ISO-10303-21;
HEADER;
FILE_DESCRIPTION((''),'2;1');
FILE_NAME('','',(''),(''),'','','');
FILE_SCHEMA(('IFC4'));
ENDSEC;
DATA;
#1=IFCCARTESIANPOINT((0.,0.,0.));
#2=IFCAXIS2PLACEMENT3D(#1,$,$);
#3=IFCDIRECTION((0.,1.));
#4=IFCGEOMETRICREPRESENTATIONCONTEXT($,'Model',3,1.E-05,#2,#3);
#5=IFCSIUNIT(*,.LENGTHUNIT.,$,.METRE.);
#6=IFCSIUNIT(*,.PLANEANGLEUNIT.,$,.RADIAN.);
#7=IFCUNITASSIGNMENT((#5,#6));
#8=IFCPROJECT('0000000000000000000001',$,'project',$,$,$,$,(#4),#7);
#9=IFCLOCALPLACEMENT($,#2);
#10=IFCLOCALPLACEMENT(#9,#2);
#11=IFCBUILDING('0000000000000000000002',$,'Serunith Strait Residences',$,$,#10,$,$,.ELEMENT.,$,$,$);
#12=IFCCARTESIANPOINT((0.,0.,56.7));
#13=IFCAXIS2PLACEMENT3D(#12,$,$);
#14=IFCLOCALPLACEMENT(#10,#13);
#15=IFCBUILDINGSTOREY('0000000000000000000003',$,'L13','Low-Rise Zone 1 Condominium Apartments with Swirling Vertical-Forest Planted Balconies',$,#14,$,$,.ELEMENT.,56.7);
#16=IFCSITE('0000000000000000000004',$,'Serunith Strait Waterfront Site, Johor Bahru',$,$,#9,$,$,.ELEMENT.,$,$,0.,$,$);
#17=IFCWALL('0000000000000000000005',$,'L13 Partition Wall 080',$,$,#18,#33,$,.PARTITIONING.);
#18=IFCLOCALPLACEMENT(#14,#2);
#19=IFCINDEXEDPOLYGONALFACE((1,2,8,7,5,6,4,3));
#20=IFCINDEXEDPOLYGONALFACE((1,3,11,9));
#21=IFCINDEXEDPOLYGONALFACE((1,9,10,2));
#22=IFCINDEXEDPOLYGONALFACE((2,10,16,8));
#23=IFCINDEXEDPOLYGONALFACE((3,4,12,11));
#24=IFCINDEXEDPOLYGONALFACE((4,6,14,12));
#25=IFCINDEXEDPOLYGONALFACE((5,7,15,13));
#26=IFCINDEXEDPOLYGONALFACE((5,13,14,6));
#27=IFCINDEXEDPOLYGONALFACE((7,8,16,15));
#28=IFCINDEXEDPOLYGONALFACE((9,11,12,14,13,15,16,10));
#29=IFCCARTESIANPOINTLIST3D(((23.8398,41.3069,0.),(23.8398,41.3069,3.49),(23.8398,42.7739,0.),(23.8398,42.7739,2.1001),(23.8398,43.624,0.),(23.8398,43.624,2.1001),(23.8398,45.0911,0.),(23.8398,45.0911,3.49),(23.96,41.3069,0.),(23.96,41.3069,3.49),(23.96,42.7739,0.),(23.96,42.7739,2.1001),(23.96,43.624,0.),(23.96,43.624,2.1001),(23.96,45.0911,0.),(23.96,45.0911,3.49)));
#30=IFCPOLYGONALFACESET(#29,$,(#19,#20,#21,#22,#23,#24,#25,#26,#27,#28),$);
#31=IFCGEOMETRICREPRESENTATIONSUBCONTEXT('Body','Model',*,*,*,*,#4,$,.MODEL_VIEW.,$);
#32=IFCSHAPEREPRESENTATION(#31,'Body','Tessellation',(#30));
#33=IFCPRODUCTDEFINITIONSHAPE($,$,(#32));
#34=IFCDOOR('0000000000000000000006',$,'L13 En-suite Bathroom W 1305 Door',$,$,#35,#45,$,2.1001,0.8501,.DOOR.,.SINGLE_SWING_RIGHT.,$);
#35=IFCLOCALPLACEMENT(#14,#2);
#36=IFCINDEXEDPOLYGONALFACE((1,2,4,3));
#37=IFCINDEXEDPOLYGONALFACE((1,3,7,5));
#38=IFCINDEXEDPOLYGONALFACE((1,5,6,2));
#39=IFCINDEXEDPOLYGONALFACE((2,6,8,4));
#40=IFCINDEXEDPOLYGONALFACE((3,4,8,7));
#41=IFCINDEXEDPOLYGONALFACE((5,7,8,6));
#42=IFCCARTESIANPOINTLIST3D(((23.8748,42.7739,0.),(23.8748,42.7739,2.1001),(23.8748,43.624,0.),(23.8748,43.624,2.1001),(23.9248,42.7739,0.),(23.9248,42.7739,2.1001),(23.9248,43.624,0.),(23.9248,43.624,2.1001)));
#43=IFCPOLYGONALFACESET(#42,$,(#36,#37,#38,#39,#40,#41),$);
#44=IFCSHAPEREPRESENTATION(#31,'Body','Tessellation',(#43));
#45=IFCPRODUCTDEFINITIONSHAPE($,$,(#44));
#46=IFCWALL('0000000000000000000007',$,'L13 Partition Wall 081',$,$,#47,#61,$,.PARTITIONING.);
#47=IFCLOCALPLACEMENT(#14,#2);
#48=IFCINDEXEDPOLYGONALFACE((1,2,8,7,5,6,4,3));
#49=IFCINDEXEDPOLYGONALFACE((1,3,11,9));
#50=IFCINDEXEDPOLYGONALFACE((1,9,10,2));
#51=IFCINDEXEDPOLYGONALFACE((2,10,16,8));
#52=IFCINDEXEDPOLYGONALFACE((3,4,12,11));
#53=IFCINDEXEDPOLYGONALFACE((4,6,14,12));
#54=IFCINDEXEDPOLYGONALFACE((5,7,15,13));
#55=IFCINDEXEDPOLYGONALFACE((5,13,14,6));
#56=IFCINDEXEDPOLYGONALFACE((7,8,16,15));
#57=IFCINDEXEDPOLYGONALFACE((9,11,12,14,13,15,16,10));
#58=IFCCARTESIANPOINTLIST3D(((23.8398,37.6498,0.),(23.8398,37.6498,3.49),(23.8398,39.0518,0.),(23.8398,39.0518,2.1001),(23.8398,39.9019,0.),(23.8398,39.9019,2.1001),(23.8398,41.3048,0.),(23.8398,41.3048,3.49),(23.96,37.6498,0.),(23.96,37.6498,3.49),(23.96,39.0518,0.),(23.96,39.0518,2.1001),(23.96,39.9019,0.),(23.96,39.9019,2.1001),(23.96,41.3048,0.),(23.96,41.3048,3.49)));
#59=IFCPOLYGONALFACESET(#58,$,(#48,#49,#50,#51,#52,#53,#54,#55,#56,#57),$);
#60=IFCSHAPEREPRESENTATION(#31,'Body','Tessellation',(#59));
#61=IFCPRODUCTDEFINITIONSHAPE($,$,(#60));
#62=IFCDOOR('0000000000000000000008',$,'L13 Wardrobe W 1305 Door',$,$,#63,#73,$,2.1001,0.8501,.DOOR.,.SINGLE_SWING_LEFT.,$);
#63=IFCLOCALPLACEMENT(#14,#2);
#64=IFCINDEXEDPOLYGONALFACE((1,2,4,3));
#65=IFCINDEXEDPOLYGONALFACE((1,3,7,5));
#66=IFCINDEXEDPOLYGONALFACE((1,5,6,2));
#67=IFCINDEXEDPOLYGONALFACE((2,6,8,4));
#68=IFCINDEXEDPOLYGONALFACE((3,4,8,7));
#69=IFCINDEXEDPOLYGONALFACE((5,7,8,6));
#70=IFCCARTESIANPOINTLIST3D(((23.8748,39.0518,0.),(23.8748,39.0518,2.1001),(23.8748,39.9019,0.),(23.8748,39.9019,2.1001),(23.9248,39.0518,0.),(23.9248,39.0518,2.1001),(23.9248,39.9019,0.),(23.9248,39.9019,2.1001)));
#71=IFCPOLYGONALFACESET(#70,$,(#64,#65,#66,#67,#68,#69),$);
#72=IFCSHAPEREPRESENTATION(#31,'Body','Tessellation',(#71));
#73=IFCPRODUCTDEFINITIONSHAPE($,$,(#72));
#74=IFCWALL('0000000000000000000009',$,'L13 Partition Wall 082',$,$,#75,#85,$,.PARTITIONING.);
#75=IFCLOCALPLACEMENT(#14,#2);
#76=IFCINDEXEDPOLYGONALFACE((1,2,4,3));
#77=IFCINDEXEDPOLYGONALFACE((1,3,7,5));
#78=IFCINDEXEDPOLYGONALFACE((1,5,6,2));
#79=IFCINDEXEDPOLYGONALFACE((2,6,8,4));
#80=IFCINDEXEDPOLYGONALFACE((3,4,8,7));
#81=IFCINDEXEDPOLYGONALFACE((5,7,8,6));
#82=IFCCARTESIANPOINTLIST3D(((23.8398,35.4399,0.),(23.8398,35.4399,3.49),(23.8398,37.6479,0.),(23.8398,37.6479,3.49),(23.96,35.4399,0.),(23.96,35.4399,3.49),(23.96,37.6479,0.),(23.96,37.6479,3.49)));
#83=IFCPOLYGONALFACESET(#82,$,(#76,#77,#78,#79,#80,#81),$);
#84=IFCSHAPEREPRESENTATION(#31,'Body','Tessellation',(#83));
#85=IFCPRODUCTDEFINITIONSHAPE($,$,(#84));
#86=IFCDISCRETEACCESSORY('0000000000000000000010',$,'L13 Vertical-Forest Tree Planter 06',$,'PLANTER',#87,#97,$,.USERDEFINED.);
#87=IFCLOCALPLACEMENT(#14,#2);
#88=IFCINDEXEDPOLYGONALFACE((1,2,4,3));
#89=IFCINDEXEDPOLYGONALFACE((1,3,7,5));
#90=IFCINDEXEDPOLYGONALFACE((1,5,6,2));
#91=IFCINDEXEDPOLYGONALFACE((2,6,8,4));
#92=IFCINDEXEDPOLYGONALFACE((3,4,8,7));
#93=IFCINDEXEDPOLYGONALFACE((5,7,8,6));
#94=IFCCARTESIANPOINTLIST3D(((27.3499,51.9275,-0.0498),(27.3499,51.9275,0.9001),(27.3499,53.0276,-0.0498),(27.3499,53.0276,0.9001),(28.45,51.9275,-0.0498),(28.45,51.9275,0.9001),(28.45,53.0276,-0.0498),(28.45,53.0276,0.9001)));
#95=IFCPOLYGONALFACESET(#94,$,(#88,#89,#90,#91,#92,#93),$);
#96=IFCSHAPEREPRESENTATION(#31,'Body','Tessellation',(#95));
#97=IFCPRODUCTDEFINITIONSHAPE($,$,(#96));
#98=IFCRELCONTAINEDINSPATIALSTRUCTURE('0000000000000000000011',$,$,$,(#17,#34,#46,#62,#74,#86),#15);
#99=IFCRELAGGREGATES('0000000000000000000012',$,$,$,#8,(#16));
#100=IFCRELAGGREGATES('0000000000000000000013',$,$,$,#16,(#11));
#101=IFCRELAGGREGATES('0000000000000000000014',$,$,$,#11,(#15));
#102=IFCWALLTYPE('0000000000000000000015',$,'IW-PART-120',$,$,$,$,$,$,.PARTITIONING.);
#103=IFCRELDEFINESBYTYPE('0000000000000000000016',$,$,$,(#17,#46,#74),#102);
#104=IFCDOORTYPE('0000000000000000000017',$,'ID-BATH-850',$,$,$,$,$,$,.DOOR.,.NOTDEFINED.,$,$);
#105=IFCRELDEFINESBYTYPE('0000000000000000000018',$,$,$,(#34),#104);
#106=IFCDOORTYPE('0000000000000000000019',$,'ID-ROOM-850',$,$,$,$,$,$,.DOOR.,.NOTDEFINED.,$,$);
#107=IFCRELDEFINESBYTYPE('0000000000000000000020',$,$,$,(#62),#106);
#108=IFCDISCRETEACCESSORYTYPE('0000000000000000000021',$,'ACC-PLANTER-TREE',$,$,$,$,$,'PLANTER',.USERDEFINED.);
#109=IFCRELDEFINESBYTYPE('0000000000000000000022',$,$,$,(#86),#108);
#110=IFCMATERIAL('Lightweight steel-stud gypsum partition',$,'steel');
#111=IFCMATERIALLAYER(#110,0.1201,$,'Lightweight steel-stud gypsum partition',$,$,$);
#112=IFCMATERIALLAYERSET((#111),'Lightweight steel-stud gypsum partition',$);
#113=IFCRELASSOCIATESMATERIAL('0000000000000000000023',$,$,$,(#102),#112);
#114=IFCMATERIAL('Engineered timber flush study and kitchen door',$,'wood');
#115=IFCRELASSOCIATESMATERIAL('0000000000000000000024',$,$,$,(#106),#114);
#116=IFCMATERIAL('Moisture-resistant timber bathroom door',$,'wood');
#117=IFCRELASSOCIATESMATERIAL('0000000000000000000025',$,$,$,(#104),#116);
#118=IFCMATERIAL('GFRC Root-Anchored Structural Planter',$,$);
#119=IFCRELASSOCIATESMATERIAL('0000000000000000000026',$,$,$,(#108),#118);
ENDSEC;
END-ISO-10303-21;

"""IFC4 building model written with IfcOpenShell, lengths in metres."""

from ifc_helpers import new_model, si_unit, direction, frame, frame_2d, origin, origin_2d, place, context, subcontext, project, spatial, rectangle, extrude, source, transform, mapped, material, layer, layer_set, type_object, element, fill, save


model = new_model("IFC4")

# Units and contexts
model_context = context("Model", 3, precision=1e-05, world=origin(), true_north=direction((0.0, 1.0)))
body_context = subcontext(model_context, "Body", "Model", "MODEL_VIEW")
ifc_project = project(units=[si_unit("LENGTHUNIT", "METRE"), si_unit("PLANEANGLEUNIT", "RADIAN")], contexts=[model_context])

# Site, building, storey
site_placement = place(None, origin())
site = spatial("IfcSite", under=ifc_project, at=site_placement, Name="Serunith Strait Waterfront Site, Johor Bahru", CompositionType="ELEMENT", RefElevation=0.0)
building_placement = place(site_placement, origin())
building = spatial("IfcBuilding", under=site, at=building_placement, Name="Serunith Strait Residences", CompositionType="ELEMENT")
storey_placement = place(building_placement, frame((0.0, 0.0, 56.7)))
storey = spatial("IfcBuildingStorey", under=building, at=storey_placement, Name="L13", Description="Low-Rise Zone 1 Condominium Apartments with Swirling Vertical-Forest Planted Balconies", CompositionType="ELEMENT", Elevation=56.7)

# Shared definitions
ifc_material_1 = material(Name="Lightweight steel-stud gypsum partition", Category="steel")
ifc_layer_1 = layer(ifc_material_1, 0.1201, Name="Lightweight steel-stud gypsum partition")
ifc_layer_set_1 = layer_set([ifc_layer_1], Name="Lightweight steel-stud gypsum partition")
wall_type = type_object("IfcWallType", Name="IW-PART-120", PredefinedType="PARTITIONING", material=ifc_layer_set_1)
ifc_material_2 = material(Name="Engineered timber flush study and kitchen door", Category="wood")
door_type_1 = type_object("IfcDoorType", Name="ID-ROOM-850", OperationType="NOTDEFINED", PredefinedType="DOOR", material=ifc_material_2)
shared_shape_1 = source(origin(), body_context, "Body", "SweptSolid", [
    extrude(rectangle(XDim=0.8501, YDim=2.1001, at=frame_2d((0.425, 1.05))), frame((0.0, 0.0249, 0.0), z_axis=(0.0, -1.0, 0.0), x_axis=(1.0, 0.0, 0.0)), (0.0, 0.0, 1.0), 0.05),
])

# Walls, openings, doors
ifc_material_3 = material(Name="Moisture-resistant timber bathroom door", Category="wood")
door_type_2 = type_object("IfcDoorType", Name="ID-BATH-850", OperationType="NOTDEFINED", PredefinedType="DOOR", material=ifc_material_3)
wall_1_placement = place(storey_placement, frame((23.8999, 45.0911, 0.0), z_axis=(0.0, 0.0, 1.0), x_axis=(0.0, -1.0, 0.0)))
wall_1 = element("IfcWall", 1, at=wall_1_placement, inside=storey, type_object=wall_type, Name="L13 Partition Wall 080", PredefinedType="PARTITIONING", context=body_context, shape_type="SweptSolid", body=[
    extrude(rectangle(XDim=3.7842, YDim=0.1201, at=frame_2d((1.8921, 0.0))), origin(), (0.0, 0.0, 1.0), 3.49),
])
opening_1_placement = place(wall_1_placement, frame((1.467, 0.0, 0.0)))
opening_1 = element("IfcOpeningElement", 2, at=opening_1_placement, cuts=wall_1, PredefinedType="OPENING", context=body_context, shape_type="SweptSolid", body=[
    extrude(rectangle(XDim=0.8501, YDim=2.1001, at=frame_2d((0.425, 1.05))), frame((0.0, 0.0701, 0.0), z_axis=(0.0, -1.0, 0.0), x_axis=(1.0, 0.0, 0.0)), (0.0, 0.0, 1.0), 0.1401),
])
door_1_placement = place(opening_1_placement, origin())
door_1 = element("IfcDoor", 3, at=door_1_placement, inside=storey, type_object=door_type_2, Name="L13 En-suite Bathroom W 1305 Door", OperationType="SINGLE_SWING_RIGHT", OverallHeight=2.1001, OverallWidth=0.8501, PredefinedType="DOOR", context=body_context, shape_type="MappedRepresentation", body=[
    mapped(shared_shape_1, transform((0.0, 0.0, 0.0), scale=1.0)),
])
fill(opening_1, door_1)
wall_2_placement = place(storey_placement, frame((23.8999, 41.3049, 0.0), z_axis=(0.0, 0.0, 1.0), x_axis=(0.0, -1.0, 0.0)))
wall_2 = element("IfcWall", 4, at=wall_2_placement, inside=storey, type_object=wall_type, Name="L13 Partition Wall 081", PredefinedType="PARTITIONING", context=body_context, shape_type="SweptSolid", body=[
    extrude(rectangle(XDim=3.655, YDim=0.1201, at=frame_2d((1.8276, 0.0))), origin(), (0.0, 0.0, 1.0), 3.49),
])
opening_2_placement = place(wall_2_placement, frame((1.4031, 0.0, 0.0)))
opening_2 = element("IfcOpeningElement", 5, at=opening_2_placement, cuts=wall_2, PredefinedType="OPENING", context=body_context, shape_type="SweptSolid", body=[
    extrude(rectangle(XDim=0.8501, YDim=2.1001, at=frame_2d((0.425, 1.05))), frame((0.0, 0.0701, 0.0), z_axis=(0.0, -1.0, 0.0), x_axis=(1.0, 0.0, 0.0)), (0.0, 0.0, 1.0), 0.1401),
])
door_2_placement = place(opening_2_placement, origin())
door_2 = element("IfcDoor", 6, at=door_2_placement, inside=storey, type_object=door_type_1, Name="L13 Wardrobe W 1305 Door", OperationType="SINGLE_SWING_LEFT", OverallHeight=2.1001, OverallWidth=0.8501, PredefinedType="DOOR", context=body_context, shape_type="MappedRepresentation", body=[
    mapped(shared_shape_1, transform((0.0, 0.0, 0.0), scale=1.0)),
])
fill(opening_2, door_2)

# Wall
wall_3_placement = place(storey_placement, frame((23.8999, 37.6479, 0.0), z_axis=(0.0, 0.0, 1.0), x_axis=(0.0, -1.0, 0.0)))
element("IfcWall", 7, at=wall_3_placement, inside=storey, type_object=wall_type, Name="L13 Partition Wall 082", PredefinedType="PARTITIONING", context=body_context, shape_type="SweptSolid", body=[
    extrude(rectangle(XDim=2.208, YDim=0.1201, at=frame_2d((1.104, 0.0))), origin(), (0.0, 0.0, 1.0), 3.49),
])

# Discrete accessory
ifc_material_4 = material(Name="GFRC Root-Anchored Structural Planter")
discrete_accessory_type = type_object("IfcDiscreteAccessoryType", Name="ACC-PLANTER-TREE", ElementType="PLANTER", PredefinedType="USERDEFINED", material=ifc_material_4)
shared_shape_2 = source(origin(), body_context, "Body", "SweptSolid", [
    extrude(rectangle(XDim=1.1001, YDim=1.1001, at=origin_2d()), origin(), (0.0, 0.0, 1.0), 0.95),
])
discrete_accessory_placement = place(storey_placement, frame((27.8999, 52.4775, -0.0498), z_axis=(0.0, 0.0, 1.0), x_axis=(-1.0, 0.0, 0.0)))
element("IfcDiscreteAccessory", 8, at=discrete_accessory_placement, inside=storey, type_object=discrete_accessory_type, Name="L13 Vertical-Forest Tree Planter 06", ObjectType="PLANTER", PredefinedType="USERDEFINED", context=body_context, shape_type="MappedRepresentation", body=[
    mapped(shared_shape_2, transform((0.0, 0.0, 0.0), scale=1.0)),
])

save(model, "model.ifc")
